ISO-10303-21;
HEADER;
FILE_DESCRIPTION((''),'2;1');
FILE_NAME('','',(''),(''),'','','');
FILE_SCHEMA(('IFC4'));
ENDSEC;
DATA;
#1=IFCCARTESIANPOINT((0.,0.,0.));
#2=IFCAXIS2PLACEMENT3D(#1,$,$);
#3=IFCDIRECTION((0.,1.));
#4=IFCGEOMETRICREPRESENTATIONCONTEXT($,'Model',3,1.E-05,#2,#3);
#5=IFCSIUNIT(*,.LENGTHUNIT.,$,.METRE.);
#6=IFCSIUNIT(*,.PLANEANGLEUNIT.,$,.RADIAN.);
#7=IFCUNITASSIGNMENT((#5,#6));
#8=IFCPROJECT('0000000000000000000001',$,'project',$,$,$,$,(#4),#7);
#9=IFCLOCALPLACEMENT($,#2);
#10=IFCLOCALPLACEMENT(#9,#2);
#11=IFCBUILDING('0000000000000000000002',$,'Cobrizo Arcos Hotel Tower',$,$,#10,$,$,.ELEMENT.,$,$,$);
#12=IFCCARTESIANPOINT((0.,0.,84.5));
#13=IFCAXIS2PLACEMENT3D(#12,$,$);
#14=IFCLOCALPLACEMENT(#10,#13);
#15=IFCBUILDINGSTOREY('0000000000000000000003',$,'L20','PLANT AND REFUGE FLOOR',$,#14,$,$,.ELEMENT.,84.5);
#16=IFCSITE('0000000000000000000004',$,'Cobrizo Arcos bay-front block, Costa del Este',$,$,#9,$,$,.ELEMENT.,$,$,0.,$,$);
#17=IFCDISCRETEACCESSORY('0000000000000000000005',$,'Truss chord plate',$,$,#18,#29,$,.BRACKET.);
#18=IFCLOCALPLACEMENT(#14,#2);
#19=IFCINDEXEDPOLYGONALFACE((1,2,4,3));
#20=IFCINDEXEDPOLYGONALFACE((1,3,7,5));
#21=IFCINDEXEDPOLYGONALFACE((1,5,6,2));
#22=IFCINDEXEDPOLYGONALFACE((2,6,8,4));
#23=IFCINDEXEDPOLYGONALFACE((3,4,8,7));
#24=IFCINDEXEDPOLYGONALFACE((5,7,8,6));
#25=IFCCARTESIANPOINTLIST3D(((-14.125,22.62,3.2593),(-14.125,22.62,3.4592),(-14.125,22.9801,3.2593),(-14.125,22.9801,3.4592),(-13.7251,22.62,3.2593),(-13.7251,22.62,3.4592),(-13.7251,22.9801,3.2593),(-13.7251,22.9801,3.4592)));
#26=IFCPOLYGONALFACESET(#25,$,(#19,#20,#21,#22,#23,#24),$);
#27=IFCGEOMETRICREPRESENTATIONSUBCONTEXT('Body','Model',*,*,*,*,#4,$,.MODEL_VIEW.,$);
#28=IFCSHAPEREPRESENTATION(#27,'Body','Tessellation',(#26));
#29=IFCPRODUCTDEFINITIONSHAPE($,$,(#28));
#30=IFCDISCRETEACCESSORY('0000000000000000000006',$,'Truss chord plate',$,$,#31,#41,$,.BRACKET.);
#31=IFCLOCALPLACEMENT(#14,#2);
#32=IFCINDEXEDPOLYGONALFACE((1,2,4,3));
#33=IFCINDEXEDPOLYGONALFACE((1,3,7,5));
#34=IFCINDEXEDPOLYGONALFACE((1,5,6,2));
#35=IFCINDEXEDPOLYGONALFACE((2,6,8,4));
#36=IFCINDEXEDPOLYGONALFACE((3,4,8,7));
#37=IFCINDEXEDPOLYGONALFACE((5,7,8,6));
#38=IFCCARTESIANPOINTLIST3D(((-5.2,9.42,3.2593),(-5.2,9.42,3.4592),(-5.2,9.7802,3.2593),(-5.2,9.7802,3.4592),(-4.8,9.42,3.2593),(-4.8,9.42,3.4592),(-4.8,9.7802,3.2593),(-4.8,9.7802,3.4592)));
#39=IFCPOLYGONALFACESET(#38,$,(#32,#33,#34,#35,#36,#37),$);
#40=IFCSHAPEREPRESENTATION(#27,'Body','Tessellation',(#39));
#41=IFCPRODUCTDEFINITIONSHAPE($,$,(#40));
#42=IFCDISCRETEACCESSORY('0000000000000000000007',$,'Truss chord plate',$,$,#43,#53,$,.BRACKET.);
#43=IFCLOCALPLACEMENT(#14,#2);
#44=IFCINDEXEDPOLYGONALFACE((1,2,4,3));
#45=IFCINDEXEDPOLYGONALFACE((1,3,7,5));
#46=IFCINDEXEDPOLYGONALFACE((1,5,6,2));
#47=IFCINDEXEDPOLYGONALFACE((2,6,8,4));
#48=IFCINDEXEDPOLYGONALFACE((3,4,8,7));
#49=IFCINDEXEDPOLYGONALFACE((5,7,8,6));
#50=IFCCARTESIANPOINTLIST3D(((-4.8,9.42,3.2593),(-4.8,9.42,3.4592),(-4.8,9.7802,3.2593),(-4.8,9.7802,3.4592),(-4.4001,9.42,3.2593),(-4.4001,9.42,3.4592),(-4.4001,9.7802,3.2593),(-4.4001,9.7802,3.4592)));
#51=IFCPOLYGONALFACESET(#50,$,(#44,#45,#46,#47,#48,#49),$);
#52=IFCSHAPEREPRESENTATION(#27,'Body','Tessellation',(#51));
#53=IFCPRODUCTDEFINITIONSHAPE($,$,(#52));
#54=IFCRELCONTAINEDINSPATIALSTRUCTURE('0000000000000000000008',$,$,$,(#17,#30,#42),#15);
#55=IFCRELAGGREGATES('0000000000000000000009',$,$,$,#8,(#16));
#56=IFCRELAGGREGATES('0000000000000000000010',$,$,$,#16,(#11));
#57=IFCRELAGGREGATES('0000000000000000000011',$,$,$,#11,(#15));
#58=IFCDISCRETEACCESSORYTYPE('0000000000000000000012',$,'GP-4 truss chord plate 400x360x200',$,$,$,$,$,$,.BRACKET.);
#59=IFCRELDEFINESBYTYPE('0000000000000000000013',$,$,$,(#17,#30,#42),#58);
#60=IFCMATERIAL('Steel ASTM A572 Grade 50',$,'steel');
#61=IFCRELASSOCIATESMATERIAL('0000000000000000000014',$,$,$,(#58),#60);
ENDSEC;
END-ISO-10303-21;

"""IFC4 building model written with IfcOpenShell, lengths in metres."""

from ifc_helpers import new_model, si_unit, direction, frame, origin, origin_2d, place, context, subcontext, project, spatial, rectangle, extrude, material, type_object, element, save


model = new_model("IFC4")

# Units and contexts
model_context = context("Model", 3, precision=1e-05, world=origin(), true_north=direction((0.0, 1.0)))
body_context = subcontext(model_context, "Body", "Model", "MODEL_VIEW")
ifc_project = project(units=[si_unit("LENGTHUNIT", "METRE"), si_unit("PLANEANGLEUNIT", "RADIAN")], contexts=[model_context])

# Site, building, storey
site_placement = place(None, origin())
site = spatial("IfcSite", under=ifc_project, at=site_placement, Name="Cobrizo Arcos bay-front block, Costa del Este", CompositionType="ELEMENT", RefElevation=0.0)
building_placement = place(site_placement, origin())
building = spatial("IfcBuilding", under=site, at=building_placement, Name="Cobrizo Arcos Hotel Tower", CompositionType="ELEMENT")
storey_placement = place(building_placement, frame((0.0, 0.0, 84.5)))
storey = spatial("IfcBuildingStorey", under=building, at=storey_placement, Name="L20", Description="PLANT AND REFUGE FLOOR", CompositionType="ELEMENT", Elevation=84.5)

# Discrete accessories
ifc_material_1 = material(Name="Steel ASTM A572 Grade 50", Category="steel")
discrete_accessory_type = type_object("IfcDiscreteAccessoryType", Name="GP-4 truss chord plate 400x360x200", PredefinedType="BRACKET", material=ifc_material_1)
for number, where, z_axis, x_axis, name in (
    (1, (-13.925, 22.8, 3.2593), (0.0, 0.0, 1.0), (-1.0, 0.0, 0.0), "Truss chord plate"),
    (2, (-5.0, 9.6001, 3.2593), (0.0, 0.0, 1.0), (1.0, 0.0, 0.0), "Truss chord plate"),
    (3, (-4.6001, 9.6001, 3.2593), (0.0, 0.0, 1.0), (1.0, 0.0, 0.0), "Truss chord plate"),
):
    element("IfcDiscreteAccessory", number, at=place(storey_placement, frame(where, z_axis=z_axis, x_axis=x_axis)), inside=storey, type_object=discrete_accessory_type, Name=name, PredefinedType="BRACKET", context=body_context, shape_type="SweptSolid", body=[
        extrude(rectangle(XDim=0.3999, YDim=0.3601, at=origin_2d()), origin(), (0.0, 0.0, 1.0), 0.2),
    ])

save(model, "model.ifc")
